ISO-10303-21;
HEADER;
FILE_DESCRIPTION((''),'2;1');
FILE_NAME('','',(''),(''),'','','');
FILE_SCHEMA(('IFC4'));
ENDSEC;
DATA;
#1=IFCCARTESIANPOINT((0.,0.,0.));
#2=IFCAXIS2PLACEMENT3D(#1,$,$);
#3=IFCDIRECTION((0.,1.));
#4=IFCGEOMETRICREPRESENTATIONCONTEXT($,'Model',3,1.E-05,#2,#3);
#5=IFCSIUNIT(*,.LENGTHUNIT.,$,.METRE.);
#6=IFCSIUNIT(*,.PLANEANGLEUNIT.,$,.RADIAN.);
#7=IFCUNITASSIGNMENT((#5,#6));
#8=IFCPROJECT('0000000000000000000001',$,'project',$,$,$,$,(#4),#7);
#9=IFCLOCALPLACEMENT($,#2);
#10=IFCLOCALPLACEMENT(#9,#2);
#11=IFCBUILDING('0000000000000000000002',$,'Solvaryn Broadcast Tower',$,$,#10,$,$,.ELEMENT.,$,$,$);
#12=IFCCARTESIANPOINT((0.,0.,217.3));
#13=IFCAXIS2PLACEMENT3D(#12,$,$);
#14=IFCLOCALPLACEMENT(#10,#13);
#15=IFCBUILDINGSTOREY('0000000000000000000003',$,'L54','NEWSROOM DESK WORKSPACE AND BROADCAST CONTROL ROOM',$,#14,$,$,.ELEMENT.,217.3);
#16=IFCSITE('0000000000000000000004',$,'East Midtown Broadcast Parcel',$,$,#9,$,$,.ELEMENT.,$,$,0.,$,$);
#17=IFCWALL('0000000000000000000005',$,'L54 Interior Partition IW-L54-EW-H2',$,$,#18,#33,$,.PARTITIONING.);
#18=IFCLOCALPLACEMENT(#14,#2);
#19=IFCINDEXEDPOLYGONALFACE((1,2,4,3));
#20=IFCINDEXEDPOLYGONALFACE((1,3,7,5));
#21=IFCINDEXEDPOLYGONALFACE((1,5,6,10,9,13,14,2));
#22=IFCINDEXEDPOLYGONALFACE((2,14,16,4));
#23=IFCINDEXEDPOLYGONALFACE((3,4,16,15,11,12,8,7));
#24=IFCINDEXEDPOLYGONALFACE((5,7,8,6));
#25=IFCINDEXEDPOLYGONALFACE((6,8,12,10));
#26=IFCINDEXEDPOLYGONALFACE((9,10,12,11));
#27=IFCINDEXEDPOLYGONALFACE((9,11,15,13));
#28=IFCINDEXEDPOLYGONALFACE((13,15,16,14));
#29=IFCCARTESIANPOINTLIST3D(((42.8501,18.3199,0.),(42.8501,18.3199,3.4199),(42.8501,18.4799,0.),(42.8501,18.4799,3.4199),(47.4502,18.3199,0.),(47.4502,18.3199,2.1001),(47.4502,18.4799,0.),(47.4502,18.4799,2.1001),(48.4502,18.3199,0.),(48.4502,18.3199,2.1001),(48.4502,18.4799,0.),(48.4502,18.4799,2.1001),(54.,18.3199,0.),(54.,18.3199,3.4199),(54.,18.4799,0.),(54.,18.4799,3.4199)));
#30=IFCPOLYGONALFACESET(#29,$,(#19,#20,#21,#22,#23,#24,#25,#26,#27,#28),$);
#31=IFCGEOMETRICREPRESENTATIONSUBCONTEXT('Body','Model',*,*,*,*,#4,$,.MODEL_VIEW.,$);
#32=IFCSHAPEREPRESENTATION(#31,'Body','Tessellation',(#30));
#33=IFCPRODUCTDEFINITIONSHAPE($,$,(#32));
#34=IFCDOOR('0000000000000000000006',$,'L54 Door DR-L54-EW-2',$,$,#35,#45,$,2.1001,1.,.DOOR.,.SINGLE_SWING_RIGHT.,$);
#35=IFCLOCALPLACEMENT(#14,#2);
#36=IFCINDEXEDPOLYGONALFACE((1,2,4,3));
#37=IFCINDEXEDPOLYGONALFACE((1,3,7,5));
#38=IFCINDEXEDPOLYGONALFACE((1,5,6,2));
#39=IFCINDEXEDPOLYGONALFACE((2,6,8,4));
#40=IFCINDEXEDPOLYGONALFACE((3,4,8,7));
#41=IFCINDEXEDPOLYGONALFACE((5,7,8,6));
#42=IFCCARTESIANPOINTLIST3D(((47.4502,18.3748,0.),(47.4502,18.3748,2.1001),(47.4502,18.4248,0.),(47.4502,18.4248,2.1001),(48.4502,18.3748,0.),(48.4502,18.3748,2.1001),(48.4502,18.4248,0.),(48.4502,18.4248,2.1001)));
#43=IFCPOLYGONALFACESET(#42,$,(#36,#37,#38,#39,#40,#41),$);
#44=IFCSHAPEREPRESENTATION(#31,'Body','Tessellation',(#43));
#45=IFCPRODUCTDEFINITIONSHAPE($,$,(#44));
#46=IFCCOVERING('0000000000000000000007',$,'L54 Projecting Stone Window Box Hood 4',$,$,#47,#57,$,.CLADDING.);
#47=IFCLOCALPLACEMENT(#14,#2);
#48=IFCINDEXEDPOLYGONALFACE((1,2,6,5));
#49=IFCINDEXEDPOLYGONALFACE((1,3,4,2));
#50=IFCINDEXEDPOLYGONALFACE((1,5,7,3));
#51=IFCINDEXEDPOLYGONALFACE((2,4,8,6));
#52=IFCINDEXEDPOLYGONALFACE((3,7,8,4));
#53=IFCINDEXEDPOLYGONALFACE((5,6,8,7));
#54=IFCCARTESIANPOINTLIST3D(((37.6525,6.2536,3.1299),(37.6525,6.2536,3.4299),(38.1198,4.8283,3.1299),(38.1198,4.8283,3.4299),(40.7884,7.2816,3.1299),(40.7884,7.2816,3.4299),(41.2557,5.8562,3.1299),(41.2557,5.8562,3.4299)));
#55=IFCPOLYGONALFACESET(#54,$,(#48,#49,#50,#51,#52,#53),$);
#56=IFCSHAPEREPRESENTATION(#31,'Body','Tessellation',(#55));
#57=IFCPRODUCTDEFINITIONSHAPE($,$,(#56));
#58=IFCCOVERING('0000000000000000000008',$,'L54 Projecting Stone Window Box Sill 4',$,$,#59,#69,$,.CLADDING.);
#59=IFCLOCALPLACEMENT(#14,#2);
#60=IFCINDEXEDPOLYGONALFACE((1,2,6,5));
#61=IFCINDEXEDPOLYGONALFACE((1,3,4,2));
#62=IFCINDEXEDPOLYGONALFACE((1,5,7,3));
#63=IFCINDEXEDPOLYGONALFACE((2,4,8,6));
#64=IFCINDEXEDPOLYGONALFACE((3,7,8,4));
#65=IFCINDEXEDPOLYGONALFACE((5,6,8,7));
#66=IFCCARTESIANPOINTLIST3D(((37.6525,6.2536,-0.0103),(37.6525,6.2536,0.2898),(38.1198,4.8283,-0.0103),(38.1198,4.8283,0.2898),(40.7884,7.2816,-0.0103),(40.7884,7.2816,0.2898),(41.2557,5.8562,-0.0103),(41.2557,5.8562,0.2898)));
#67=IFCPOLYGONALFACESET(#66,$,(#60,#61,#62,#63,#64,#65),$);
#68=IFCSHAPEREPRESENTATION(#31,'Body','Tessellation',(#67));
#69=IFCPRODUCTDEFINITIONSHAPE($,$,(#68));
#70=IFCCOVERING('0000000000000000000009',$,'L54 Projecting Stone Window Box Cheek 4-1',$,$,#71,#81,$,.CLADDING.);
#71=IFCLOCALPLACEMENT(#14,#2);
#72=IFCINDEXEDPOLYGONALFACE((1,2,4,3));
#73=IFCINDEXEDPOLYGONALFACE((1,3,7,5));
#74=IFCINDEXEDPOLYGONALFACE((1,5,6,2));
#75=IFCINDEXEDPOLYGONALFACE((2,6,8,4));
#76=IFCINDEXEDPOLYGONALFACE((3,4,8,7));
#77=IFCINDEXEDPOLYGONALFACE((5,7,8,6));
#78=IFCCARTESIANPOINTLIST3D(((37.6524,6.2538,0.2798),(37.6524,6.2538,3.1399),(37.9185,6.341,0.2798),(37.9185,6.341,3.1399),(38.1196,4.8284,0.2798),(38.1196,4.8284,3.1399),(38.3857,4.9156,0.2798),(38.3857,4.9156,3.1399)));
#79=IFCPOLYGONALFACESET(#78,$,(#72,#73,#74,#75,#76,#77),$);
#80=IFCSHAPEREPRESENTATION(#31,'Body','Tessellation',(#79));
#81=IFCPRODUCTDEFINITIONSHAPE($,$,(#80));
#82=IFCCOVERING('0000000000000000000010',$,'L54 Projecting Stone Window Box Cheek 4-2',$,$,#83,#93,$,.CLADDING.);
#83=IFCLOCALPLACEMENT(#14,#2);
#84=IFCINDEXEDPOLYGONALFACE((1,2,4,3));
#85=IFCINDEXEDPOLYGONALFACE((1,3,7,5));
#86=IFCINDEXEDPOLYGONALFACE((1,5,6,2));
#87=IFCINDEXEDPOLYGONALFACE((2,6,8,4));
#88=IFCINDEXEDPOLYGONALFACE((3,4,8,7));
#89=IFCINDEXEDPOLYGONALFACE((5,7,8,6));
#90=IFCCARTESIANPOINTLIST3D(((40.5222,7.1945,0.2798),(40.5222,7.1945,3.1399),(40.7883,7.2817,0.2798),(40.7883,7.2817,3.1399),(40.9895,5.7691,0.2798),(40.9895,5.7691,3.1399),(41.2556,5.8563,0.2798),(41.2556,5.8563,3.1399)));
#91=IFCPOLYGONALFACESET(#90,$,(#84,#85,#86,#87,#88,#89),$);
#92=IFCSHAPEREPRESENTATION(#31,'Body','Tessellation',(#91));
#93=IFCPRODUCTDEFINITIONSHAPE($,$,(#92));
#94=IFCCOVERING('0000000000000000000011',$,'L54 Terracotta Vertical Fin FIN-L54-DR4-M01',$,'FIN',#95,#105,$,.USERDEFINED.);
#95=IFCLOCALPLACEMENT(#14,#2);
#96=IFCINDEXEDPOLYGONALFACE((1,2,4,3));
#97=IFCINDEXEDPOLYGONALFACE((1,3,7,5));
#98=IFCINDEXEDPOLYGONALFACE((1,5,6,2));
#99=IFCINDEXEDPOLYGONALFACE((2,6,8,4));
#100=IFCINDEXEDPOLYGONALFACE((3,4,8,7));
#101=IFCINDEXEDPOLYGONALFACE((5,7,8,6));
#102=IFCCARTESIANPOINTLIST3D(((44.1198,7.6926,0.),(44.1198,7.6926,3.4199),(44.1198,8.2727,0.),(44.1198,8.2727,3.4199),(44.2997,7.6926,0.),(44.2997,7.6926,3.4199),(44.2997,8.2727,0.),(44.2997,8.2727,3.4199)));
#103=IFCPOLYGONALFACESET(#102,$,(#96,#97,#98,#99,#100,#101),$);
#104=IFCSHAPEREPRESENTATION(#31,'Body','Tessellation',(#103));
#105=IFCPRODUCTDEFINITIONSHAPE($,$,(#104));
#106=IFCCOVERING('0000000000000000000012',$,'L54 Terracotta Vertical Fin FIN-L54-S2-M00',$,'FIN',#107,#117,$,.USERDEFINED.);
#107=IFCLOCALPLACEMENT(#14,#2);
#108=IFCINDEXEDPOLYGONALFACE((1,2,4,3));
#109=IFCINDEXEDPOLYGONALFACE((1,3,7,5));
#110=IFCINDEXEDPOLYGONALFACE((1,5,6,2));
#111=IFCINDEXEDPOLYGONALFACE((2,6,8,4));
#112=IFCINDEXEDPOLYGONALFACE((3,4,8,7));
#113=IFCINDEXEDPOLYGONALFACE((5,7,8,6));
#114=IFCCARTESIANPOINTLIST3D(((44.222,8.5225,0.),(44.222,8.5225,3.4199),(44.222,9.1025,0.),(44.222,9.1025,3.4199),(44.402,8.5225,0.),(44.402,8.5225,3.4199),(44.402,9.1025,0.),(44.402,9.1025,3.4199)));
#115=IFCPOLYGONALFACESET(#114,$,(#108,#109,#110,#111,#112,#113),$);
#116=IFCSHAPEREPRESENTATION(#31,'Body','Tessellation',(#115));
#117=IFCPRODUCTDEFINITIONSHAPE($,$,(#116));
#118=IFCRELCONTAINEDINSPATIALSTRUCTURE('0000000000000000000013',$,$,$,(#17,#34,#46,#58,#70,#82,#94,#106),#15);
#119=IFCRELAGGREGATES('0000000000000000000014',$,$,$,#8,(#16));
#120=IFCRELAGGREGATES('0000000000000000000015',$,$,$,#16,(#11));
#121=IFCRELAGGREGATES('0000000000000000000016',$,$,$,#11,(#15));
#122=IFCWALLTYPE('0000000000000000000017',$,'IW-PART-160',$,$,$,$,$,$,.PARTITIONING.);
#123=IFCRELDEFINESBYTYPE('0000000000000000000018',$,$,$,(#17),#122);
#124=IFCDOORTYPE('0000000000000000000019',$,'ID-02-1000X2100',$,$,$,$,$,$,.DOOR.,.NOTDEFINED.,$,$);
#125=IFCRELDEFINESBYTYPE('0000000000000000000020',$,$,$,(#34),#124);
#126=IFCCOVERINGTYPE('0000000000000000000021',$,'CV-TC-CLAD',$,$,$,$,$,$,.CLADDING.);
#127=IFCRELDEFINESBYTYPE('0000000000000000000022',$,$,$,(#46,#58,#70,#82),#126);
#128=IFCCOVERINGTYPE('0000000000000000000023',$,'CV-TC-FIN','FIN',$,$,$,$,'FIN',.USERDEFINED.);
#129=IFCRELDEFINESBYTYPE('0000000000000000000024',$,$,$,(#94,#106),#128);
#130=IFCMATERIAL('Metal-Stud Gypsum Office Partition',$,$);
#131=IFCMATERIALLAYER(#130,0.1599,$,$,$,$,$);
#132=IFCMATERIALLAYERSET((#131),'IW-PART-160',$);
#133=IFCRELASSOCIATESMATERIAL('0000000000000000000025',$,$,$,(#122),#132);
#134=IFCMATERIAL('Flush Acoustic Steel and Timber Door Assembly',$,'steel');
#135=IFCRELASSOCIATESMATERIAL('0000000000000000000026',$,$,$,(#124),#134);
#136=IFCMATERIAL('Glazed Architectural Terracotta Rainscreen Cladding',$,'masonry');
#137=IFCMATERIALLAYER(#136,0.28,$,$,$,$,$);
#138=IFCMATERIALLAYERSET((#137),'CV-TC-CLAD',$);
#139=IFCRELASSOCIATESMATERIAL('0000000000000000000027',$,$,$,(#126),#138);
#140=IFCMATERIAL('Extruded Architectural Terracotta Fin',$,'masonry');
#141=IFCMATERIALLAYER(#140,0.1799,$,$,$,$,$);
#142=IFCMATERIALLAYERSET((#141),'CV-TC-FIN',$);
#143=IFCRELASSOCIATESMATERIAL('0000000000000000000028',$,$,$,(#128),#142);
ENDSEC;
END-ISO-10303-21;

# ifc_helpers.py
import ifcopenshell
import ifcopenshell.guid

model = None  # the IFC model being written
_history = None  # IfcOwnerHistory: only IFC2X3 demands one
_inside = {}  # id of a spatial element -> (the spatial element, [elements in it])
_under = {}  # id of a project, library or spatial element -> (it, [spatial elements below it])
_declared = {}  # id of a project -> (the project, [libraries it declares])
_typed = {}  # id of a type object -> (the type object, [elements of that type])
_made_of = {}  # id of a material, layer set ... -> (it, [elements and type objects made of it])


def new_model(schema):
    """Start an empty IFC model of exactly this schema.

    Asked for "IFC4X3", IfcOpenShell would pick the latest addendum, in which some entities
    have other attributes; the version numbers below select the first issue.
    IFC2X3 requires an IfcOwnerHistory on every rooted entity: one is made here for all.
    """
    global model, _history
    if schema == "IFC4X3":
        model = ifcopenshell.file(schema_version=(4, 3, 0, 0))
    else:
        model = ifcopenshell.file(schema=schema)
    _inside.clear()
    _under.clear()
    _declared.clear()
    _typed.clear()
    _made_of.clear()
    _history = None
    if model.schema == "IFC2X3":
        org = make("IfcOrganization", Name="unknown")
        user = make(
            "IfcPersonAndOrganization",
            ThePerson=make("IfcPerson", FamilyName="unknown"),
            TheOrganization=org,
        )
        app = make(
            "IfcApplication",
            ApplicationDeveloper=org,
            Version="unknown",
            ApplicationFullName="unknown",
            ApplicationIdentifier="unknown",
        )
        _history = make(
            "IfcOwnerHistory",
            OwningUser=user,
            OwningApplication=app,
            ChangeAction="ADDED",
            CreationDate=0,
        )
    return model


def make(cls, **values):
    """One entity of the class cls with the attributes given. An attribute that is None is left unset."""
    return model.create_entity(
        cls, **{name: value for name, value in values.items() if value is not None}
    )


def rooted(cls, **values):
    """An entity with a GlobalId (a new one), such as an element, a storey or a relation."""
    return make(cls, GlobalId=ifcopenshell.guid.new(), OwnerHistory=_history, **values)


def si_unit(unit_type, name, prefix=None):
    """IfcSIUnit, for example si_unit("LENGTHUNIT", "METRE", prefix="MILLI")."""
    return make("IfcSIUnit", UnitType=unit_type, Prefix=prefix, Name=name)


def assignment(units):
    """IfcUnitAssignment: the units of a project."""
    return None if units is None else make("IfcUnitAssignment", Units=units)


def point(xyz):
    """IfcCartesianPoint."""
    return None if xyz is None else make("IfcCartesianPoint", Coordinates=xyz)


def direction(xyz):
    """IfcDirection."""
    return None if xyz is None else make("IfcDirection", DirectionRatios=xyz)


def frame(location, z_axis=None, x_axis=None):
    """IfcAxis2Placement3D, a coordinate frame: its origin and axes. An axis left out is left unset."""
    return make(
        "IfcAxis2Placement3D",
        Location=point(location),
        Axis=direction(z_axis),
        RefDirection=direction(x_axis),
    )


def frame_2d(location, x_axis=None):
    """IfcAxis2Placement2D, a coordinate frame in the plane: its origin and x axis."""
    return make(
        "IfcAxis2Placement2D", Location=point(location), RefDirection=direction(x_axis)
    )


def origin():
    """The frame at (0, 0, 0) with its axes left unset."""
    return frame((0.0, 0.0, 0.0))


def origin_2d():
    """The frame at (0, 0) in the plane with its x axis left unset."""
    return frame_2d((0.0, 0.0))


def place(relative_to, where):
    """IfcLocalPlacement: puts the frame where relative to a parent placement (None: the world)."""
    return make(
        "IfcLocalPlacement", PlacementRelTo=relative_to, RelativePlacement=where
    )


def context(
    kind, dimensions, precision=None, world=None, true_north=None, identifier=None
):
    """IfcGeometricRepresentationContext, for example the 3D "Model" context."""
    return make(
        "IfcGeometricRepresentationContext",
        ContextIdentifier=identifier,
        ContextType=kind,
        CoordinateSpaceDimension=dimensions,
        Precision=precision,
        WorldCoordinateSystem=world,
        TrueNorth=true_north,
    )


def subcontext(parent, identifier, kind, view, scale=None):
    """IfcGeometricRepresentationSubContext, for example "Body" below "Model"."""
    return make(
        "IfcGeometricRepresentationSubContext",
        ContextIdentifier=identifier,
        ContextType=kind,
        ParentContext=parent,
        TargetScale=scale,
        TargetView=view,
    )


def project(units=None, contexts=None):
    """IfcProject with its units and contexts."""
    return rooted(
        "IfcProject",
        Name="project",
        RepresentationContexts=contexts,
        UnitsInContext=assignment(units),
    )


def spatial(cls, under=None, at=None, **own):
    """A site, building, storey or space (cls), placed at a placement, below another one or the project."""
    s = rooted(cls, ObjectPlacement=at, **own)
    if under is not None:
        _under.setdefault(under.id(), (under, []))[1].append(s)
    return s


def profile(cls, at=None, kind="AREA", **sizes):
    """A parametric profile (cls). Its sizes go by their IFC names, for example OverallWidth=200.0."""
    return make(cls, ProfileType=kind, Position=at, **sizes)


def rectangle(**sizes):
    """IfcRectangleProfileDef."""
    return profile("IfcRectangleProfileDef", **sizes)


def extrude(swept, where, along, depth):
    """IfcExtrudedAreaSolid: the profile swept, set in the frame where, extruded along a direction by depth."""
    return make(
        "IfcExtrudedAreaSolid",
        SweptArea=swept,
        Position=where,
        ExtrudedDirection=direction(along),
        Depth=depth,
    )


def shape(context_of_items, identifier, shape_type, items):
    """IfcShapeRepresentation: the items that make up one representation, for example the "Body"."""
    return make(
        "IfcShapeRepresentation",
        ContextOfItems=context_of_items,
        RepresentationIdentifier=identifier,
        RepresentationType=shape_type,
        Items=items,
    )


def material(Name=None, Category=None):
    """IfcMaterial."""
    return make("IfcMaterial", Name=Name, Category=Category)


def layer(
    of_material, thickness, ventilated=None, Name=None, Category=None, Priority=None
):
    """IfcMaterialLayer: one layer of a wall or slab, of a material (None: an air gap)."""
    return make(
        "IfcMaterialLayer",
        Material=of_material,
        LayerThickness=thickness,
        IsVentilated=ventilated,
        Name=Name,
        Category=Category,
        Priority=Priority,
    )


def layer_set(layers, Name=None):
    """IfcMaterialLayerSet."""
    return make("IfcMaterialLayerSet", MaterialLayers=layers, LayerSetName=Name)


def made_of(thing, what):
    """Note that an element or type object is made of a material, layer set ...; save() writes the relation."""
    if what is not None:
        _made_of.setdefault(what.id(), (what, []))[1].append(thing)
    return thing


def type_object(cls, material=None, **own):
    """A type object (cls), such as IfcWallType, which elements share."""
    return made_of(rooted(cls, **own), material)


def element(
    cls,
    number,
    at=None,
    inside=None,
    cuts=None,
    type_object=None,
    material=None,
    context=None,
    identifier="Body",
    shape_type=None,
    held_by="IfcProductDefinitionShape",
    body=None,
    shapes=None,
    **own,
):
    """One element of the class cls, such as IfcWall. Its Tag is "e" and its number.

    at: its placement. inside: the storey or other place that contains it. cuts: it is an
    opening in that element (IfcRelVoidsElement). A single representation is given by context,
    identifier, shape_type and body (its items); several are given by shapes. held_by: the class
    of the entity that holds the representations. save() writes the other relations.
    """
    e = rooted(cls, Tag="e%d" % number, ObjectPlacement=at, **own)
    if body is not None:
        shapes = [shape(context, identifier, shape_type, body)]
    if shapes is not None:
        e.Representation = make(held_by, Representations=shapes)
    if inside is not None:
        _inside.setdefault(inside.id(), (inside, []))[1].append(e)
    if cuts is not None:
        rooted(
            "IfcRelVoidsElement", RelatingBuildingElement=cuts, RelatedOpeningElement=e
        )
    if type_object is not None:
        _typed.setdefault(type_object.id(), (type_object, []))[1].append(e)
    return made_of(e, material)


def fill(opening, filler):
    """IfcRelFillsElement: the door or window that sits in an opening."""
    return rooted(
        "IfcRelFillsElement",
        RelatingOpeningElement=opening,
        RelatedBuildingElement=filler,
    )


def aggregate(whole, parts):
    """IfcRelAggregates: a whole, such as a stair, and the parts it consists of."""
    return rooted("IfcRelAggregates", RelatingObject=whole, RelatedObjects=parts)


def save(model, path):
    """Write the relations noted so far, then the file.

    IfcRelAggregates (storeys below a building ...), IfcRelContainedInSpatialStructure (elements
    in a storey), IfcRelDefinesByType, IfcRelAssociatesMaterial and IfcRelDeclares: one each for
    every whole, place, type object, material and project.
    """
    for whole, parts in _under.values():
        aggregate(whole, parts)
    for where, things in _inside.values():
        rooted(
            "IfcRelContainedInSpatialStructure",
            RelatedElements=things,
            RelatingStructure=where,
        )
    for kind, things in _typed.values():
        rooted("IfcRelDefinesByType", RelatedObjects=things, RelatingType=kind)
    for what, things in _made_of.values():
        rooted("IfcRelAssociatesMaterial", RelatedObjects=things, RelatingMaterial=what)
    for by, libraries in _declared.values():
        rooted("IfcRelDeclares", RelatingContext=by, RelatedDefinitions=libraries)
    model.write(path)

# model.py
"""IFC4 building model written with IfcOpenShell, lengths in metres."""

from ifc_helpers import new_model, si_unit, direction, frame, frame_2d, origin, origin_2d, place, context, subcontext, project, spatial, rectangle, extrude, material, layer, layer_set, type_object, element, fill, save


model = new_model("IFC4")

# Units and contexts
model_context = context("Model", 3, precision=1e-05, world=origin(), true_north=direction((0.0, 1.0)))
body_context = subcontext(model_context, "Body", "Model", "MODEL_VIEW")
ifc_project = project(units=[si_unit("LENGTHUNIT", "METRE"), si_unit("PLANEANGLEUNIT", "RADIAN")], contexts=[model_context])

# Site, building, storey
site_placement = place(None, origin())
site = spatial("IfcSite", under=ifc_project, at=site_placement, Name="East Midtown Broadcast Parcel", CompositionType="ELEMENT", RefElevation=0.0)
building_placement = place(site_placement, origin())
building = spatial("IfcBuilding", under=site, at=building_placement, Name="Solvaryn Broadcast Tower", CompositionType="ELEMENT")
storey_placement = place(building_placement, frame((0.0, 0.0, 217.3)))
storey = spatial("IfcBuildingStorey", under=building, at=storey_placement, Name="L54", Description="NEWSROOM DESK WORKSPACE AND BROADCAST CONTROL ROOM", CompositionType="ELEMENT", Elevation=217.3)

# Shared definitions
ifc_material_1 = material(Name="Metal-Stud Gypsum Office Partition")
ifc_layer_1 = layer(ifc_material_1, 0.1599)
ifc_layer_set_1 = layer_set([ifc_layer_1], Name="IW-PART-160")
wall_type_1 = type_object("IfcWallType", Name="IW-PART-160", PredefinedType="PARTITIONING", material=ifc_layer_set_1)

# Wall, opening, door
wall_1_placement = place(storey_placement, frame((42.8501, 18.3999, 0.0), z_axis=(0.0, 0.0, 1.0), x_axis=(1.0, 0.0, 0.0)))
wall_1 = element("IfcWall", 1, at=wall_1_placement, inside=storey, type_object=wall_type_1, Name="L54 Interior Partition IW-L54-EW-H2", PredefinedType="PARTITIONING", context=body_context, shape_type="SweptSolid", body=[
    extrude(rectangle(XDim=11.1499, YDim=0.1599, at=frame_2d((5.575, 0.0))), origin(), (0.0, 0.0, 1.0), 3.4199),
])
opening_1_placement = place(wall_1_placement, frame((4.6001, 0.0, 0.0)))
opening_1 = element("IfcOpeningElement", 2, at=opening_1_placement, cuts=wall_1, PredefinedType="OPENING", context=body_context, shape_type="SweptSolid", body=[
    extrude(rectangle(XDim=1.0, YDim=2.1001, at=frame_2d((0.5, 1.05))), frame((0.0, 0.0901, 0.0), z_axis=(0.0, -1.0, 0.0), x_axis=(1.0, 0.0, 0.0)), (0.0, 0.0, 1.0), 0.1799),
])
ifc_material_2 = material(Name="Flush Acoustic Steel and Timber Door Assembly", Category="steel")
door_type_1 = type_object("IfcDoorType", Name="ID-02-1000X2100", OperationType="NOTDEFINED", PredefinedType="DOOR", material=ifc_material_2)
door_1_placement = place(opening_1_placement, origin())
door_1 = element("IfcDoor", 3, at=door_1_placement, inside=storey, type_object=door_type_1, Name="L54 Door DR-L54-EW-2", OperationType="SINGLE_SWING_RIGHT", OverallHeight=2.1001, OverallWidth=1.0, PredefinedType="DOOR", context=body_context, shape_type="SweptSolid", body=[
    extrude(rectangle(XDim=1.0, YDim=2.1001, at=frame_2d((0.5, 1.05))), frame((0.0, 0.0249, 0.0), z_axis=(0.0, -1.0, 0.0), x_axis=(1.0, 0.0, 0.0)), (0.0, 0.0, 1.0), 0.05),
])
fill(opening_1, door_1)

# Coverings
ifc_material_3 = material(Name="Glazed Architectural Terracotta Rainscreen Cladding", Category="masonry")
ifc_layer_2 = layer(ifc_material_3, 0.28)
ifc_layer_set_2 = layer_set([ifc_layer_2], Name="CV-TC-CLAD")
covering_type_1 = type_object("IfcCoveringType", Name="CV-TC-CLAD", PredefinedType="CLADDING", material=ifc_layer_set_2)
for number, where, z_axis, x_axis, name in (
    (4, (39.4541, 6.0549, 3.1299), (0.0, 0.0, 1.0), (0.950244, 0.311506, 0.0), "L54 Projecting Stone Window Box Hood 4"),
    (5, (39.4541, 6.0549, -0.0103), (0.0, 0.0, 1.0), (0.950244, 0.311506, 0.0), "L54 Projecting Stone Window Box Sill 4"),
):
    element("IfcCovering", number, at=place(storey_placement, frame(where, z_axis=z_axis, x_axis=x_axis)), inside=storey, type_object=covering_type_1, Name=name, PredefinedType="CLADDING", context=body_context, shape_type="SweptSolid", body=[
        extrude(rectangle(XDim=3.3, YDim=1.5, at=origin_2d()), origin(), (0.0, 0.0, 1.0), 0.3),
    ])
for number, where, z_axis, x_axis, name in (
    (6, (38.019, 5.5847, 0.2798), (0.0, 0.0, 1.0), (0.950244, 0.311506, 0.0), "L54 Projecting Stone Window Box Cheek 4-1"),
    (7, (40.8889, 6.5254, 0.2798), (0.0, 0.0, 1.0), (0.950244, 0.311506, 0.0), "L54 Projecting Stone Window Box Cheek 4-2"),
):
    element("IfcCovering", number, at=place(storey_placement, frame(where, z_axis=z_axis, x_axis=x_axis)), inside=storey, type_object=covering_type_1, Name=name, PredefinedType="CLADDING", context=body_context, shape_type="SweptSolid", body=[
        extrude(rectangle(XDim=0.28, YDim=1.5, at=origin_2d()), origin(), (0.0, 0.0, 1.0), 2.8601),
    ])
ifc_material_4 = material(Name="Extruded Architectural Terracotta Fin", Category="masonry")
ifc_layer_3 = layer(ifc_material_4, 0.1799)
ifc_layer_set_3 = layer_set([ifc_layer_3], Name="CV-TC-FIN")
covering_type_2 = type_object("IfcCoveringType", Name="CV-TC-FIN", Description="FIN", ElementType="FIN", PredefinedType="USERDEFINED", material=ifc_layer_set_3)
for number, where, z_axis, x_axis, name in (
    (8, (44.2097, 7.9827, 0.0), (0.0, 0.0, 1.0), (1.0, 0.0, 0.0), "L54 Terracotta Vertical Fin FIN-L54-DR4-M01"),
    (9, (44.312, 8.8125, 0.0), (0.0, 0.0, 1.0), (1.0, 0.0, 0.0), "L54 Terracotta Vertical Fin FIN-L54-S2-M00"),
):
    element("IfcCovering", number, at=place(storey_placement, frame(where, z_axis=z_axis, x_axis=x_axis)), inside=storey, type_object=covering_type_2, Name=name, ObjectType="FIN", PredefinedType="USERDEFINED", context=body_context, shape_type="SweptSolid", body=[
        extrude(rectangle(XDim=0.1799, YDim=0.5801, at=origin_2d()), origin(), (0.0, 0.0, 1.0), 3.4199),
    ])

save(model, "model.ifc")
